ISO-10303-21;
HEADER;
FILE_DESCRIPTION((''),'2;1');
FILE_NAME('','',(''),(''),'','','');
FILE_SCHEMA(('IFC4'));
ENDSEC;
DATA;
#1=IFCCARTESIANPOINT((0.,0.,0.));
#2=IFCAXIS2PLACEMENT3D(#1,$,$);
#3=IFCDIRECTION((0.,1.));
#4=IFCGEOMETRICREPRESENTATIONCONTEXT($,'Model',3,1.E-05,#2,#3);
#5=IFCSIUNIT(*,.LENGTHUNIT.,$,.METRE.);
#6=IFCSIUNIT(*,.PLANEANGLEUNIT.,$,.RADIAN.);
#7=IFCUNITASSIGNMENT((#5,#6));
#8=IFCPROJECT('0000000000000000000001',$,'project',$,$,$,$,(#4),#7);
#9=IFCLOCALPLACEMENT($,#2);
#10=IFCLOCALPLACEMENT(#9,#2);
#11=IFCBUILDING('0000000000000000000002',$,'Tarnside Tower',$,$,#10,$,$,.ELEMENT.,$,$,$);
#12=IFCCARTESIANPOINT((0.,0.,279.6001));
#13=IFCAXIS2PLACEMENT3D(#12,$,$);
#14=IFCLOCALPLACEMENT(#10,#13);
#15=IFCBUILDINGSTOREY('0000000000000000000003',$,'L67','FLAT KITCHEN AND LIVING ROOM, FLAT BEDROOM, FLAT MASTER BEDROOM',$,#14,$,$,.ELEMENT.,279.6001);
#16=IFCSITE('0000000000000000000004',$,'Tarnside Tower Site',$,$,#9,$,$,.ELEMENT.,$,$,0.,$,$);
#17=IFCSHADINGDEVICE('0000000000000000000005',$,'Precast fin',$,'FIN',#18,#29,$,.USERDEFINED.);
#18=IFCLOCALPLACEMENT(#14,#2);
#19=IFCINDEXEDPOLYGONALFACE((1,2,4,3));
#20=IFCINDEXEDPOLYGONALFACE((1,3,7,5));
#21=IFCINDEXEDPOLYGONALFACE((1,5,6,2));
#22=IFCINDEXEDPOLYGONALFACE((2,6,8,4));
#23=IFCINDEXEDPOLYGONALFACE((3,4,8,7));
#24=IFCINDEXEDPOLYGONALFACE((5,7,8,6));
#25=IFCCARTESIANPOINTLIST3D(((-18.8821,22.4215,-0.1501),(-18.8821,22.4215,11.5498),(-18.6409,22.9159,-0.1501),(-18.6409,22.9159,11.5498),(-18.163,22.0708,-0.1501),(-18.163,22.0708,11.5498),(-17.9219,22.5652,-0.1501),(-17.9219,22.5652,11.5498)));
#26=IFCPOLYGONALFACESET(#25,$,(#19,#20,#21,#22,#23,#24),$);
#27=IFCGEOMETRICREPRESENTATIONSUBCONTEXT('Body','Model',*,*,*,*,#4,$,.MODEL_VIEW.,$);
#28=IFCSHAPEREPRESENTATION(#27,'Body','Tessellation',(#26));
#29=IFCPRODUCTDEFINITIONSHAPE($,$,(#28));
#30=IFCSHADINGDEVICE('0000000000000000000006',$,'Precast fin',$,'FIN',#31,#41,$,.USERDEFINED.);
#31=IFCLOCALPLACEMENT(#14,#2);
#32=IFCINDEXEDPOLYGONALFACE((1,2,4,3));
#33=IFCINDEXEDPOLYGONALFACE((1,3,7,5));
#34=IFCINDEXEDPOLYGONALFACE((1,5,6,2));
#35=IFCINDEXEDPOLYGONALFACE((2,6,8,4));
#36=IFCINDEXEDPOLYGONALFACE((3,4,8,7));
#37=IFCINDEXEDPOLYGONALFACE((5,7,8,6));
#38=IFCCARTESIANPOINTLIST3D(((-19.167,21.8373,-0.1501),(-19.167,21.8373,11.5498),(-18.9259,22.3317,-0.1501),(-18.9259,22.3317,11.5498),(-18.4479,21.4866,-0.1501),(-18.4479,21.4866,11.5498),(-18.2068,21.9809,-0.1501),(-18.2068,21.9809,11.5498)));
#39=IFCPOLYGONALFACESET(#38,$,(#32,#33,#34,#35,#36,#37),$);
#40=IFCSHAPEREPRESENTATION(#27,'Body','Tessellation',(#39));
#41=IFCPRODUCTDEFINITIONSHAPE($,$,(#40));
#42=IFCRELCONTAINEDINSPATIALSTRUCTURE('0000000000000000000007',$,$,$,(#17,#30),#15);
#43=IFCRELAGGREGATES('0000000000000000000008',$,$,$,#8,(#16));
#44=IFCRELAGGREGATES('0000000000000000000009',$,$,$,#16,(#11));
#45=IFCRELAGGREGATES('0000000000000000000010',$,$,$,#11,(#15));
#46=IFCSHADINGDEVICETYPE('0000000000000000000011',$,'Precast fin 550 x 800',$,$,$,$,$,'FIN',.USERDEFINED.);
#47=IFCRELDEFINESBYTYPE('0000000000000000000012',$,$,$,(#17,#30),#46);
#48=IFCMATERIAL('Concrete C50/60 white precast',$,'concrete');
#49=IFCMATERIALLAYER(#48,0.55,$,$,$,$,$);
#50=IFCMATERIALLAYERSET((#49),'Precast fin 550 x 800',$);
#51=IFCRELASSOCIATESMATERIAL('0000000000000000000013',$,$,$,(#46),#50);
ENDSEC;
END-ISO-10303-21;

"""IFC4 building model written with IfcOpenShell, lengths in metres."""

from ifc_helpers import new_model, si_unit, direction, frame, origin, place, context, subcontext, project, spatial, polyline, outline, extrude, material, layer, layer_set, type_object, element, save


model = new_model("IFC4")

# Units and contexts
model_context = context("Model", 3, precision=1e-05, world=origin(), true_north=direction((0.0, 1.0)))
body_context = subcontext(model_context, "Body", "Model", "MODEL_VIEW")
ifc_project = project(units=[si_unit("LENGTHUNIT", "METRE"), si_unit("PLANEANGLEUNIT", "RADIAN")], contexts=[model_context])

# Site, building, storey
site_placement = place(None, origin())
site = spatial("IfcSite", under=ifc_project, at=site_placement, Name="Tarnside Tower Site", CompositionType="ELEMENT", RefElevation=0.0)
building_placement = place(site_placement, origin())
building = spatial("IfcBuilding", under=site, at=building_placement, Name="Tarnside Tower", CompositionType="ELEMENT")
storey_placement = place(building_placement, frame((0.0, 0.0, 279.6001)))
storey = spatial("IfcBuildingStorey", under=building, at=storey_placement, Name="L67", Description="FLAT KITCHEN AND LIVING ROOM, FLAT BEDROOM, FLAT MASTER BEDROOM", CompositionType="ELEMENT", Elevation=279.6001)

# Shading devices
ifc_material_1 = material(Name="Concrete C50/60 white precast", Category="concrete")
ifc_layer_1 = layer(ifc_material_1, 0.55)
ifc_layer_set_1 = layer_set([ifc_layer_1], Name="Precast fin 550 x 800")
shading_device_type_1 = type_object("IfcShadingDeviceType", Name="Precast fin 550 x 800", ElementType="FIN", PredefinedType="USERDEFINED", material=ifc_layer_set_1)
for number, where, z_axis, x_axis, name in (
    (1, (-18.0425, 22.3179, -0.1501), (0.438371, 0.898794, 0.0), (-0.898794, 0.438371, 0.0), "Precast fin"),
    (2, (-18.3274, 21.7336, -0.1501), (0.438371, 0.898794, 0.0), (-0.898794, 0.438371, 0.0), "Precast fin"),
):
    element("IfcShadingDevice", number, at=place(storey_placement, frame(where, z_axis=z_axis, x_axis=x_axis)), inside=storey, type_object=shading_device_type_1, Name=name, ObjectType="FIN", PredefinedType="USERDEFINED", context=body_context, shape_type="SweptSolid", body=[
        extrude(outline(polyline([(0.0, 0.0), (0.8, 0.0), (0.8, 11.7), (0.0, 11.7), (0.0, 0.0)])), frame((0.0, 0.0, -0.2749)), (0.0, 0.0, 1.0), 0.55),
    ])

save(model, "model.ifc")
